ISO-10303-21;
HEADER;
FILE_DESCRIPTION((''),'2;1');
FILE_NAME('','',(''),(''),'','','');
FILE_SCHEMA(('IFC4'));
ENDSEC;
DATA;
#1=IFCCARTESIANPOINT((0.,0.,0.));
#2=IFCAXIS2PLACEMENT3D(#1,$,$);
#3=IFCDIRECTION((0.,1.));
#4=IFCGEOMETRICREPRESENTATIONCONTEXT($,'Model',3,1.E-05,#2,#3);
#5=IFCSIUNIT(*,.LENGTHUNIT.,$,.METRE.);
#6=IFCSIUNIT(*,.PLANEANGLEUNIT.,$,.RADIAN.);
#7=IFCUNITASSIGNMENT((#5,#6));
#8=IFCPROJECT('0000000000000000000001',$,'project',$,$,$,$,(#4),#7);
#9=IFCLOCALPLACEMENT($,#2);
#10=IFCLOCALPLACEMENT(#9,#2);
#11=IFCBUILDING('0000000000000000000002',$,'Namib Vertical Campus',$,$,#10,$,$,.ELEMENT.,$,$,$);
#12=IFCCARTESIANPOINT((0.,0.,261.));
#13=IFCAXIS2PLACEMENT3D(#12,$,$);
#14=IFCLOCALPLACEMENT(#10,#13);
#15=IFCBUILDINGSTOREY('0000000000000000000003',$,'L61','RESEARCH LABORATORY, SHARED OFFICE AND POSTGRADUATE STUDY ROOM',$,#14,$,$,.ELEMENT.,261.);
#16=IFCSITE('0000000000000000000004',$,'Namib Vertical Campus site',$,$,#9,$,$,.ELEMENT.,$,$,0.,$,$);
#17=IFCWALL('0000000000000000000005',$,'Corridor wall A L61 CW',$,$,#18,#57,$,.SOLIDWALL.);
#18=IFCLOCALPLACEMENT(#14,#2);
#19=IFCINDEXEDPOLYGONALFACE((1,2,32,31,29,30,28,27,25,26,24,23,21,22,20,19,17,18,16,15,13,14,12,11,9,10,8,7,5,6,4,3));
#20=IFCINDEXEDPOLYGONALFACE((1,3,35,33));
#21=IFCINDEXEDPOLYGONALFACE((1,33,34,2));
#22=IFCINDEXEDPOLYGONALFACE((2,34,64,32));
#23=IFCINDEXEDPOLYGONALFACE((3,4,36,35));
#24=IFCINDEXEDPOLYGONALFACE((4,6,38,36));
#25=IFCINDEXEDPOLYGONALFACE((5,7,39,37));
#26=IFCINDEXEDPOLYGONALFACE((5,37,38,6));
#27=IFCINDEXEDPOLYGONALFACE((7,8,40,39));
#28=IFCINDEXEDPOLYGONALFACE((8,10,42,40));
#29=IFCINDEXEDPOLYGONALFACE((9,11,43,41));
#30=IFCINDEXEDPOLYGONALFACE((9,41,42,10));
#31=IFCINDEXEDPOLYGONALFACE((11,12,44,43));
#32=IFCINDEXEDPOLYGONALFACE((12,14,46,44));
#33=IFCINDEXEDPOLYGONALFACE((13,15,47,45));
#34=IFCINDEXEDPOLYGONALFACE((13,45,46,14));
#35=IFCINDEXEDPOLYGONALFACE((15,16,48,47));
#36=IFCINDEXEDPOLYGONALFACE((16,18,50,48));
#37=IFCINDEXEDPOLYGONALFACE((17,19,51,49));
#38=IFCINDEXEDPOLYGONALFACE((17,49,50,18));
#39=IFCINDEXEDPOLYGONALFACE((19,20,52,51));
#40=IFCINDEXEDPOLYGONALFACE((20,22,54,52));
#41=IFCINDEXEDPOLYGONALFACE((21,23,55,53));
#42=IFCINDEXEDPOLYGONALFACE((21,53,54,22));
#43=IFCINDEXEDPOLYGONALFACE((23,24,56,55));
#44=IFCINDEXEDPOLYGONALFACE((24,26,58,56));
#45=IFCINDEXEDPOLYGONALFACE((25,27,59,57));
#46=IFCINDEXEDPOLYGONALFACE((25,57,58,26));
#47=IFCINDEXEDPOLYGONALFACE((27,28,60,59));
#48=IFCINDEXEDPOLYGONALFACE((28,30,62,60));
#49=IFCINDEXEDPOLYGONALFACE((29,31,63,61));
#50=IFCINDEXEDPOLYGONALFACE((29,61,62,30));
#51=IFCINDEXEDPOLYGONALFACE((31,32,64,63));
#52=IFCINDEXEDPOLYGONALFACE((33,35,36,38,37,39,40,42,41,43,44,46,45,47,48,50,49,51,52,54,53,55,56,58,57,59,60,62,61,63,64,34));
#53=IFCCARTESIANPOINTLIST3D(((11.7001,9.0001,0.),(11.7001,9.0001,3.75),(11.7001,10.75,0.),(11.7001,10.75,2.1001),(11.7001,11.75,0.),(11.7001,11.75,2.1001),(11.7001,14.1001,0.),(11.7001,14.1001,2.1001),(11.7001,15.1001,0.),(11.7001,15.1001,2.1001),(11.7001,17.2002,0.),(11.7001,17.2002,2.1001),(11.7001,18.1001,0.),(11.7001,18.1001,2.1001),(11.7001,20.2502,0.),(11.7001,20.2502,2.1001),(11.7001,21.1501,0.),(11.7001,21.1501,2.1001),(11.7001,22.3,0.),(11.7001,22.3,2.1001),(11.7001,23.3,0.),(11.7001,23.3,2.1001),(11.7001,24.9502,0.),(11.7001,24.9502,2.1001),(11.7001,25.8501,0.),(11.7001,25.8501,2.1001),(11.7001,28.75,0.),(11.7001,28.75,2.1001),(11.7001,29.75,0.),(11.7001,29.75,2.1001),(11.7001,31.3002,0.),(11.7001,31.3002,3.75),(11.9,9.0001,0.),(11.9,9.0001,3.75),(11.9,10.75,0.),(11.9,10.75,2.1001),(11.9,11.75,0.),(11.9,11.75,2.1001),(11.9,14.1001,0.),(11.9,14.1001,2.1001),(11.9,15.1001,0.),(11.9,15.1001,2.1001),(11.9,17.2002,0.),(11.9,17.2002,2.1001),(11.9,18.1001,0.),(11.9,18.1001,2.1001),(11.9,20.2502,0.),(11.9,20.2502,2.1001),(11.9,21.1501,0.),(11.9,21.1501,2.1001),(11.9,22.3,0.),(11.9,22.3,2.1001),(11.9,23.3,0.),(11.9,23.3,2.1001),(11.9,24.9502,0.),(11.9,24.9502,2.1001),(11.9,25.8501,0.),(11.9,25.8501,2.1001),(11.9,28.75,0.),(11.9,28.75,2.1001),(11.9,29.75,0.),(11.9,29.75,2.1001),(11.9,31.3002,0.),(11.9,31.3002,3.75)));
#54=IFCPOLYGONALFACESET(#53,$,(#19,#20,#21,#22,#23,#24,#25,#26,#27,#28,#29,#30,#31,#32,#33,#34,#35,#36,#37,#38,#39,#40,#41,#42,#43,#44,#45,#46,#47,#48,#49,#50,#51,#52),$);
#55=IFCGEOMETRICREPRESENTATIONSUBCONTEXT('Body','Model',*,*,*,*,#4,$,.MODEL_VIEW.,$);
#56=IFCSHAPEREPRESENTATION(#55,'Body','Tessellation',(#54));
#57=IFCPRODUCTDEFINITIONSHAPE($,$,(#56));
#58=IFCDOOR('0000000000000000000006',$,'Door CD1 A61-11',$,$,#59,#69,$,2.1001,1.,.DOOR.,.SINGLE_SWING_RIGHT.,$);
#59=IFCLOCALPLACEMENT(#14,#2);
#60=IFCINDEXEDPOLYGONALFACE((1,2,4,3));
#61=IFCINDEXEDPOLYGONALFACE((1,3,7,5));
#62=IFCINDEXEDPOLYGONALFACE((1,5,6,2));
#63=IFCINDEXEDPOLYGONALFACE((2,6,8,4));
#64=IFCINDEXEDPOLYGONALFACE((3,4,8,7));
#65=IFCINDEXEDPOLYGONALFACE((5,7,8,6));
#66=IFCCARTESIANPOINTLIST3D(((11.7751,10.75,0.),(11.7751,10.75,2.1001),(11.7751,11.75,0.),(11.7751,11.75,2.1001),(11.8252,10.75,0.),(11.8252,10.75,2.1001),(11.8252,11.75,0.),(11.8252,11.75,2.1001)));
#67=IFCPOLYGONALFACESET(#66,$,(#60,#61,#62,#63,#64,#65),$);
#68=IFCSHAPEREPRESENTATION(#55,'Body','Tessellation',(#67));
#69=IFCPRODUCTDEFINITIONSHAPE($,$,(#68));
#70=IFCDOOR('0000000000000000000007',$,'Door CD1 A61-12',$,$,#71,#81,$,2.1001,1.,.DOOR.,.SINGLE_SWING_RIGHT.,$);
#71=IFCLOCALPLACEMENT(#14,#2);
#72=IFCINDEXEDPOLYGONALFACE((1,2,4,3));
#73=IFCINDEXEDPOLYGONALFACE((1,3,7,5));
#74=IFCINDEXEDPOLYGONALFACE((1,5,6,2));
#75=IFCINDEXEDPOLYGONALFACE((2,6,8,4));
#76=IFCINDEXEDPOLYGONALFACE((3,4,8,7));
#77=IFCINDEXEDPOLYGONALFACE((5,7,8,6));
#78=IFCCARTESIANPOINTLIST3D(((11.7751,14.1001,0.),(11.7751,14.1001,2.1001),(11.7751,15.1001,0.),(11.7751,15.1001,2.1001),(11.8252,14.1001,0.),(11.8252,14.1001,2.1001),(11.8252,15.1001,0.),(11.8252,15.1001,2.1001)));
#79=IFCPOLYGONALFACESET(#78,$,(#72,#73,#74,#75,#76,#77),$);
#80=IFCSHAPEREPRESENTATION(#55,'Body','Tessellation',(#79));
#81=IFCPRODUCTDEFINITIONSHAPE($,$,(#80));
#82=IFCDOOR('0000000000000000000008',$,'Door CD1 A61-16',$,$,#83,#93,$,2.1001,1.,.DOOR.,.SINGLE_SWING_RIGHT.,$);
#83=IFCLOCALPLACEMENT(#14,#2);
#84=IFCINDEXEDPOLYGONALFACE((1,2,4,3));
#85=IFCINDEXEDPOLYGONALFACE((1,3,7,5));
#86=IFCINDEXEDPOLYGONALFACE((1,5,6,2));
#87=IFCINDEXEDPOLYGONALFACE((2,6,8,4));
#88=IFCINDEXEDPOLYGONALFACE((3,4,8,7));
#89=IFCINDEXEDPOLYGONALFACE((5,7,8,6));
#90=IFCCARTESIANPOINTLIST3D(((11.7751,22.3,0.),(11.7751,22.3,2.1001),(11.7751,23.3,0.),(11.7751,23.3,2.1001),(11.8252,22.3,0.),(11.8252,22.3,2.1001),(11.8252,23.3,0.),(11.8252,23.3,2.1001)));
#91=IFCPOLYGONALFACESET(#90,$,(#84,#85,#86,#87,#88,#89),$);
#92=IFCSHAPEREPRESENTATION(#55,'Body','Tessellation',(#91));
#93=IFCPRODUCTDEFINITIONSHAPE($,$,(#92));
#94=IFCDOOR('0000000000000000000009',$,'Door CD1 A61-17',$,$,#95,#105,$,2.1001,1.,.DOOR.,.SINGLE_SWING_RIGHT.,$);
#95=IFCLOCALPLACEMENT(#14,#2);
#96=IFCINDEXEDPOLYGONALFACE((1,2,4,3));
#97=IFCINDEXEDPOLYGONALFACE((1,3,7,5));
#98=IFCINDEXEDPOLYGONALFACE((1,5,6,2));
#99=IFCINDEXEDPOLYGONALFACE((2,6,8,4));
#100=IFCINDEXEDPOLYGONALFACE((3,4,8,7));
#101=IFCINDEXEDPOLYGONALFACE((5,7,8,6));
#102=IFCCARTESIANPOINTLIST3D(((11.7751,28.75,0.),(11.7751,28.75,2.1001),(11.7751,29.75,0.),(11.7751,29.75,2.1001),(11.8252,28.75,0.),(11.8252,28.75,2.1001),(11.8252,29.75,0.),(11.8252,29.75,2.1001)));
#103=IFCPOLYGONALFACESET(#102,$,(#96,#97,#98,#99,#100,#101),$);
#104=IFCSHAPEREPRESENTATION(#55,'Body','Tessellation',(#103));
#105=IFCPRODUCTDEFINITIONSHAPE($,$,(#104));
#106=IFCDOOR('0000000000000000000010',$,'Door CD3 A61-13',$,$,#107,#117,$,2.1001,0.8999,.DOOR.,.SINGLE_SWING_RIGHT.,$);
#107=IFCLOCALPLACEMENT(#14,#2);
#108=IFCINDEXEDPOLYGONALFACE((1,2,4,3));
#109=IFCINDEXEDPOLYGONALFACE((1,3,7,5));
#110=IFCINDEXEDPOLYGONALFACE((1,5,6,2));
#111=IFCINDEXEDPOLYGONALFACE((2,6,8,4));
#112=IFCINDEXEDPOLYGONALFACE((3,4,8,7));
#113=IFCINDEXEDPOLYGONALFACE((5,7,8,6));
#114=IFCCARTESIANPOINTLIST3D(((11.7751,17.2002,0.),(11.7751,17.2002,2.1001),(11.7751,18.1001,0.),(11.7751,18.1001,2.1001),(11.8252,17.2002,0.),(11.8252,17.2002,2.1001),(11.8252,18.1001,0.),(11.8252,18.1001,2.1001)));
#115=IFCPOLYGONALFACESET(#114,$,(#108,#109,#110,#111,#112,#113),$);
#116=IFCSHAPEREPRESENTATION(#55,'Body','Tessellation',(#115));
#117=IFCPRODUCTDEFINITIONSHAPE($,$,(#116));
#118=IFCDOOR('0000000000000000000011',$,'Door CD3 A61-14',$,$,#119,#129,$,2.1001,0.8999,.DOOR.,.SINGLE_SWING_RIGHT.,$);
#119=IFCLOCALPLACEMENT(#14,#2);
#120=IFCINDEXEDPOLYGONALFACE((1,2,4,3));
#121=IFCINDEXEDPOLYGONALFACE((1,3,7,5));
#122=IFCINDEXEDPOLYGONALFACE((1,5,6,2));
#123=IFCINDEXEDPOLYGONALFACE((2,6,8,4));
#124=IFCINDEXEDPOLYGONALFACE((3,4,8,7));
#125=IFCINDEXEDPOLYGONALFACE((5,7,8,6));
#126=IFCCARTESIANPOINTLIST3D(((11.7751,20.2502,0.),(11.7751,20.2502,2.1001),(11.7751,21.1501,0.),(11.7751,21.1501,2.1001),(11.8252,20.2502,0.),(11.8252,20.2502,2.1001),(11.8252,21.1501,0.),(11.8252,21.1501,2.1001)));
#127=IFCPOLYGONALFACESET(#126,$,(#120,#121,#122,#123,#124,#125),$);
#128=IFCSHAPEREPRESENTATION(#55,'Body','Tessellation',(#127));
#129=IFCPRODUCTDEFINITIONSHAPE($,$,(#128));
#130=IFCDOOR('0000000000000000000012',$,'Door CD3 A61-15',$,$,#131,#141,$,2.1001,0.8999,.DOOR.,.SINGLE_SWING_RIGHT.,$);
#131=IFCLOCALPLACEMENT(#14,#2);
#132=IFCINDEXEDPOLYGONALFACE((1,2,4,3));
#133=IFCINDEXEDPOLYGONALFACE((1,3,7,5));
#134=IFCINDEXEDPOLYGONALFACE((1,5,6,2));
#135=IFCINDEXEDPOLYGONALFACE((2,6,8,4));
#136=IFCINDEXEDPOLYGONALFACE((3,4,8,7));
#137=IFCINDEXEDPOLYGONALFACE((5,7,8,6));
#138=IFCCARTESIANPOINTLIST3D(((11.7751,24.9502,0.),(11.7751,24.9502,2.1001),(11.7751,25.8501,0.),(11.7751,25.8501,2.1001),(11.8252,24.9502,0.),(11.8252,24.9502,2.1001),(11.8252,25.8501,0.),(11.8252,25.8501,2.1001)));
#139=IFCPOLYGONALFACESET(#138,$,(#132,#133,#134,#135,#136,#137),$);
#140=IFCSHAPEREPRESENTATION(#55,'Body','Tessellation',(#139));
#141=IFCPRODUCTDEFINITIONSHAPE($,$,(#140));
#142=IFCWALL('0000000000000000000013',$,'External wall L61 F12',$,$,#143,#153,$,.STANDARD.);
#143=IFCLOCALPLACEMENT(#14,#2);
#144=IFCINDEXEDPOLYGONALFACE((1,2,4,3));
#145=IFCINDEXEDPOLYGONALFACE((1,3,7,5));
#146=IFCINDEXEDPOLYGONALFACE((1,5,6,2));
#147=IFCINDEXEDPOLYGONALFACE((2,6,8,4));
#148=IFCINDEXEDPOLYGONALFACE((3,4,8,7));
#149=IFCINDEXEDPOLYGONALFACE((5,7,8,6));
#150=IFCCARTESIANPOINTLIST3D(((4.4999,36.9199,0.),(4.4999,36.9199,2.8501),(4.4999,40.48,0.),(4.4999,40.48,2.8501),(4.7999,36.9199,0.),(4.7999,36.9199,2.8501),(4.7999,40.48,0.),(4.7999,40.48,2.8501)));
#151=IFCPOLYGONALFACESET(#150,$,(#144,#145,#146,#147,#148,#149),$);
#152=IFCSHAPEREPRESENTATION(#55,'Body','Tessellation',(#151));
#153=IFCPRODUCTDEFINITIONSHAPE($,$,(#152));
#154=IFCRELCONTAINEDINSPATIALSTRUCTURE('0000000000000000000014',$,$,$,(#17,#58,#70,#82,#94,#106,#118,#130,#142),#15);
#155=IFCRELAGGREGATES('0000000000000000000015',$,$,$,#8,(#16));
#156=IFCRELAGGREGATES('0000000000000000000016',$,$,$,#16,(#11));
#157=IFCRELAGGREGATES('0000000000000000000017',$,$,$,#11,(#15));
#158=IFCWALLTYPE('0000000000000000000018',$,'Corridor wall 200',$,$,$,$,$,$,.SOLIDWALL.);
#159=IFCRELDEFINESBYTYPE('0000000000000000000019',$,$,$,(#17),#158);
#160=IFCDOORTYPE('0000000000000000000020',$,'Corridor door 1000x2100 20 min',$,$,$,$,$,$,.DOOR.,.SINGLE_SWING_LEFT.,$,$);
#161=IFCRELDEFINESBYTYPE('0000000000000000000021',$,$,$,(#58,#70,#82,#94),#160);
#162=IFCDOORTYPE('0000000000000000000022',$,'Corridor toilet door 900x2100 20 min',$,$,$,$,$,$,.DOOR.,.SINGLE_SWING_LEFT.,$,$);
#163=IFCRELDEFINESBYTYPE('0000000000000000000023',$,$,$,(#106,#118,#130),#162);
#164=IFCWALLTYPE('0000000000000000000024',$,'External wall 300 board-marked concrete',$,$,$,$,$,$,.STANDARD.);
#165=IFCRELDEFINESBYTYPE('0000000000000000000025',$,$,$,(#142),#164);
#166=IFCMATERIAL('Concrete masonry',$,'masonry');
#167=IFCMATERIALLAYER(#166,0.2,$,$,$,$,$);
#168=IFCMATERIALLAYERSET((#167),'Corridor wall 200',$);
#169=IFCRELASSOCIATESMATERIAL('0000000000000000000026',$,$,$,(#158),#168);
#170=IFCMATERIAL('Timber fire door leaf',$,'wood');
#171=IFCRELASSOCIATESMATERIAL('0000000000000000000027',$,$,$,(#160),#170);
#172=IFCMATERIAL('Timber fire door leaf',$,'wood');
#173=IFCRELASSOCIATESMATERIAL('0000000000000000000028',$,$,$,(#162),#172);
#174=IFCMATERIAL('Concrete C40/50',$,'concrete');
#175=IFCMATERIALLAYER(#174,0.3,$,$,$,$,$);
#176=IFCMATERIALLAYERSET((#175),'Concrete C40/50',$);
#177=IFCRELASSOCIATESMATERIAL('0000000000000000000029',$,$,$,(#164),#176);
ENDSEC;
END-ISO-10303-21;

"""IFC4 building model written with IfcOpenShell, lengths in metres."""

from ifc_helpers import new_model, si_unit, direction, frame, frame_2d, origin, place, context, subcontext, project, spatial, rectangle, extrude, material, layer, layer_set, type_object, element, fill, save


model = new_model("IFC4")

# Units and contexts
model_context = context("Model", 3, precision=1e-05, world=origin(), true_north=direction((0.0, 1.0)))
body_context = subcontext(model_context, "Body", "Model", "MODEL_VIEW")
ifc_project = project(units=[si_unit("LENGTHUNIT", "METRE"), si_unit("PLANEANGLEUNIT", "RADIAN")], contexts=[model_context])

# Site, building, storey
site_placement = place(None, origin())
site = spatial("IfcSite", under=ifc_project, at=site_placement, Name="Namib Vertical Campus site", CompositionType="ELEMENT", RefElevation=0.0)
building_placement = place(site_placement, origin())
building = spatial("IfcBuilding", under=site, at=building_placement, Name="Namib Vertical Campus", CompositionType="ELEMENT")
storey_placement = place(building_placement, frame((0.0, 0.0, 261.0)))
storey = spatial("IfcBuildingStorey", under=building, at=storey_placement, Name="L61", Description="RESEARCH LABORATORY, SHARED OFFICE AND POSTGRADUATE STUDY ROOM", CompositionType="ELEMENT", Elevation=261.0)

# Wall, openings, doors
ifc_material_1 = material(Name="Concrete masonry", Category="masonry")
ifc_layer_1 = layer(ifc_material_1, 0.2)
ifc_layer_set_1 = layer_set([ifc_layer_1], Name="Corridor wall 200")
wall_type_1 = type_object("IfcWallType", Name="Corridor wall 200", PredefinedType="SOLIDWALL", material=ifc_layer_set_1)
wall_1_placement = place(storey_placement, frame((11.8, 31.3, 0.0), z_axis=(0.0, 0.0, 1.0), x_axis=(0.0, -1.0, 0.0)))
wall_1 = element("IfcWall", 1, at=wall_1_placement, inside=storey, type_object=wall_type_1, Name="Corridor wall A L61 CW", PredefinedType="SOLIDWALL", context=body_context, shape_type="SweptSolid", body=[
    extrude(rectangle(XDim=22.3, YDim=0.2, at=frame_2d((11.1499, 0.0))), origin(), (0.0, 0.0, 1.0), 3.75),
])
opening_1_placement = place(wall_1_placement, frame((19.55, 0.0, 0.0)))
opening_1 = element("IfcOpeningElement", 2, at=opening_1_placement, cuts=wall_1, PredefinedType="OPENING", context=body_context, shape_type="SweptSolid", body=[
    extrude(rectangle(XDim=1.0, YDim=2.1001, at=frame_2d((0.5, 1.05))), frame((0.0, 0.1099, 0.0), z_axis=(0.0, -1.0, 0.0), x_axis=(1.0, 0.0, 0.0)), (0.0, 0.0, 1.0), 0.22),
])
opening_2_placement = place(wall_1_placement, frame((16.2, 0.0, 0.0)))
opening_2 = element("IfcOpeningElement", 3, at=opening_2_placement, cuts=wall_1, PredefinedType="OPENING", context=body_context, shape_type="SweptSolid", body=[
    extrude(rectangle(XDim=1.0, YDim=2.1001, at=frame_2d((0.5, 1.05))), frame((0.0, 0.1099, 0.0), z_axis=(0.0, -1.0, 0.0), x_axis=(1.0, 0.0, 0.0)), (0.0, 0.0, 1.0), 0.22),
])
opening_3_placement = place(wall_1_placement, frame((13.2, 0.0, 0.0)))
opening_3 = element("IfcOpeningElement", 4, at=opening_3_placement, cuts=wall_1, PredefinedType="OPENING", context=body_context, shape_type="SweptSolid", body=[
    extrude(rectangle(XDim=0.8999, YDim=2.1001, at=frame_2d((0.45, 1.05))), frame((0.0, 0.1099, 0.0), z_axis=(0.0, -1.0, 0.0), x_axis=(1.0, 0.0, 0.0)), (0.0, 0.0, 1.0), 0.22),
])
opening_4_placement = place(wall_1_placement, frame((10.1499, 0.0, 0.0)))
opening_4 = element("IfcOpeningElement", 5, at=opening_4_placement, cuts=wall_1, PredefinedType="OPENING", context=body_context, shape_type="SweptSolid", body=[
    extrude(rectangle(XDim=0.8999, YDim=2.1001, at=frame_2d((0.45, 1.05))), frame((0.0, 0.1099, 0.0), z_axis=(0.0, -1.0, 0.0), x_axis=(1.0, 0.0, 0.0)), (0.0, 0.0, 1.0), 0.22),
])
opening_5_placement = place(wall_1_placement, frame((5.45, 0.0, 0.0)))
opening_5 = element("IfcOpeningElement", 6, at=opening_5_placement, cuts=wall_1, PredefinedType="OPENING", context=body_context, shape_type="SweptSolid", body=[
    extrude(rectangle(XDim=0.8999, YDim=2.1001, at=frame_2d((0.45, 1.05))), frame((0.0, 0.1099, 0.0), z_axis=(0.0, -1.0, 0.0), x_axis=(1.0, 0.0, 0.0)), (0.0, 0.0, 1.0), 0.22),
])
opening_6_placement = place(wall_1_placement, frame((8.0, 0.0, 0.0)))
opening_6 = element("IfcOpeningElement", 7, at=opening_6_placement, cuts=wall_1, PredefinedType="OPENING", context=body_context, shape_type="SweptSolid", body=[
    extrude(rectangle(XDim=1.0, YDim=2.1001, at=frame_2d((0.5, 1.05))), frame((0.0, 0.1099, 0.0), z_axis=(0.0, -1.0, 0.0), x_axis=(1.0, 0.0, 0.0)), (0.0, 0.0, 1.0), 0.22),
])
opening_7_placement = place(wall_1_placement, frame((1.55, 0.0, 0.0)))
opening_7 = element("IfcOpeningElement", 8, at=opening_7_placement, cuts=wall_1, PredefinedType="OPENING", context=body_context, shape_type="SweptSolid", body=[
    extrude(rectangle(XDim=1.0, YDim=2.1001, at=frame_2d((0.5, 1.05))), frame((0.0, 0.1099, 0.0), z_axis=(0.0, -1.0, 0.0), x_axis=(1.0, 0.0, 0.0)), (0.0, 0.0, 1.0), 0.22),
])
ifc_material_2 = material(Name="Timber fire door leaf", Category="wood")
door_type_1 = type_object("IfcDoorType", Name="Corridor door 1000x2100 20 min", OperationType="SINGLE_SWING_LEFT", PredefinedType="DOOR", material=ifc_material_2)
door_1_placement = place(opening_1_placement, frame((1.0, 0.0, 0.0), z_axis=(0.0, 0.0, 1.0), x_axis=(-1.0, 0.0, 0.0)))
door_1 = element("IfcDoor", 9, at=door_1_placement, inside=storey, type_object=door_type_1, Name="Door CD1 A61-11", OperationType="SINGLE_SWING_RIGHT", OverallHeight=2.1001, OverallWidth=1.0, PredefinedType="DOOR", context=body_context, shape_type="SweptSolid", body=[
    extrude(rectangle(XDim=1.0, YDim=2.1001, at=frame_2d((0.5, 1.05))), frame((0.0, 0.0249, 0.0), z_axis=(0.0, -1.0, 0.0), x_axis=(1.0, 0.0, 0.0)), (0.0, 0.0, 1.0), 0.05),
])
fill(opening_1, door_1)
door_2_placement = place(opening_2_placement, frame((1.0, 0.0, 0.0), z_axis=(0.0, 0.0, 1.0), x_axis=(-1.0, 0.0, 0.0)))
door_2 = element("IfcDoor", 10, at=door_2_placement, inside=storey, type_object=door_type_1, Name="Door CD1 A61-12", OperationType="SINGLE_SWING_RIGHT", OverallHeight=2.1001, OverallWidth=1.0, PredefinedType="DOOR", context=body_context, shape_type="SweptSolid", body=[
    extrude(rectangle(XDim=1.0, YDim=2.1001, at=frame_2d((0.5, 1.05))), frame((0.0, 0.0249, 0.0), z_axis=(0.0, -1.0, 0.0), x_axis=(1.0, 0.0, 0.0)), (0.0, 0.0, 1.0), 0.05),
])
fill(opening_2, door_2)
door_3_placement = place(opening_6_placement, frame((1.0, 0.0, 0.0), z_axis=(0.0, 0.0, 1.0), x_axis=(-1.0, 0.0, 0.0)))
door_3 = element("IfcDoor", 11, at=door_3_placement, inside=storey, type_object=door_type_1, Name="Door CD1 A61-16", OperationType="SINGLE_SWING_RIGHT", OverallHeight=2.1001, OverallWidth=1.0, PredefinedType="DOOR", context=body_context, shape_type="SweptSolid", body=[
    extrude(rectangle(XDim=1.0, YDim=2.1001, at=frame_2d((0.5, 1.05))), frame((0.0, 0.0249, 0.0), z_axis=(0.0, -1.0, 0.0), x_axis=(1.0, 0.0, 0.0)), (0.0, 0.0, 1.0), 0.05),
])
fill(opening_6, door_3)
door_4_placement = place(opening_7_placement, frame((1.0, 0.0, 0.0), z_axis=(0.0, 0.0, 1.0), x_axis=(-1.0, 0.0, 0.0)))
door_4 = element("IfcDoor", 12, at=door_4_placement, inside=storey, type_object=door_type_1, Name="Door CD1 A61-17", OperationType="SINGLE_SWING_RIGHT", OverallHeight=2.1001, OverallWidth=1.0, PredefinedType="DOOR", context=body_context, shape_type="SweptSolid", body=[
    extrude(rectangle(XDim=1.0, YDim=2.1001, at=frame_2d((0.5, 1.05))), frame((0.0, 0.0249, 0.0), z_axis=(0.0, -1.0, 0.0), x_axis=(1.0, 0.0, 0.0)), (0.0, 0.0, 1.0), 0.05),
])
fill(opening_7, door_4)
ifc_material_3 = material(Name="Timber fire door leaf", Category="wood")
door_type_2 = type_object("IfcDoorType", Name="Corridor toilet door 900x2100 20 min", OperationType="SINGLE_SWING_LEFT", PredefinedType="DOOR", material=ifc_material_3)
door_5_placement = place(opening_3_placement, frame((0.8999, 0.0, 0.0), z_axis=(0.0, 0.0, 1.0), x_axis=(-1.0, 0.0, 0.0)))
door_5 = element("IfcDoor", 13, at=door_5_placement, inside=storey, type_object=door_type_2, Name="Door CD3 A61-13", OperationType="SINGLE_SWING_RIGHT", OverallHeight=2.1001, OverallWidth=0.8999, PredefinedType="DOOR", context=body_context, shape_type="SweptSolid", body=[
    extrude(rectangle(XDim=0.8999, YDim=2.1001, at=frame_2d((0.45, 1.05))), frame((0.0, 0.0249, 0.0), z_axis=(0.0, -1.0, 0.0), x_axis=(1.0, 0.0, 0.0)), (0.0, 0.0, 1.0), 0.05),
])
fill(opening_3, door_5)
door_6_placement = place(opening_4_placement, frame((0.8999, 0.0, 0.0), z_axis=(0.0, 0.0, 1.0), x_axis=(-1.0, 0.0, 0.0)))
door_6 = element("IfcDoor", 14, at=door_6_placement, inside=storey, type_object=door_type_2, Name="Door CD3 A61-14", OperationType="SINGLE_SWING_RIGHT", OverallHeight=2.1001, OverallWidth=0.8999, PredefinedType="DOOR", context=body_context, shape_type="SweptSolid", body=[
    extrude(rectangle(XDim=0.8999, YDim=2.1001, at=frame_2d((0.45, 1.05))), frame((0.0, 0.0249, 0.0), z_axis=(0.0, -1.0, 0.0), x_axis=(1.0, 0.0, 0.0)), (0.0, 0.0, 1.0), 0.05),
])
fill(opening_4, door_6)
door_7_placement = place(opening_5_placement, frame((0.8999, 0.0, 0.0), z_axis=(0.0, 0.0, 1.0), x_axis=(-1.0, 0.0, 0.0)))
door_7 = element("IfcDoor", 15, at=door_7_placement, inside=storey, type_object=door_type_2, Name="Door CD3 A61-15", OperationType="SINGLE_SWING_RIGHT", OverallHeight=2.1001, OverallWidth=0.8999, PredefinedType="DOOR", context=body_context, shape_type="SweptSolid", body=[
    extrude(rectangle(XDim=0.8999, YDim=2.1001, at=frame_2d((0.45, 1.05))), frame((0.0, 0.0249, 0.0), z_axis=(0.0, -1.0, 0.0), x_axis=(1.0, 0.0, 0.0)), (0.0, 0.0, 1.0), 0.05),
])
fill(opening_5, door_7)

# Wall
ifc_material_4 = material(Name="Concrete C40/50", Category="concrete")
ifc_layer_2 = layer(ifc_material_4, 0.3)
ifc_layer_set_2 = layer_set([ifc_layer_2], Name="Concrete C40/50")
wall_type_2 = type_object("IfcWallType", Name="External wall 300 board-marked concrete", PredefinedType="STANDARD", material=ifc_layer_set_2)
wall_2_placement = place(storey_placement, frame((4.6499, 40.48, 0.0), z_axis=(0.0, 0.0, 1.0), x_axis=(0.0, -1.0, 0.0)))
element("IfcWall", 16, at=wall_2_placement, inside=storey, type_object=wall_type_2, Name="External wall L61 F12", PredefinedType="STANDARD", context=body_context, shape_type="SweptSolid", body=[
    extrude(rectangle(XDim=3.5601, YDim=0.3, at=frame_2d((1.78, 0.0))), origin(), (0.0, 0.0, 1.0), 2.8501),
])

save(model, "model.ifc")
